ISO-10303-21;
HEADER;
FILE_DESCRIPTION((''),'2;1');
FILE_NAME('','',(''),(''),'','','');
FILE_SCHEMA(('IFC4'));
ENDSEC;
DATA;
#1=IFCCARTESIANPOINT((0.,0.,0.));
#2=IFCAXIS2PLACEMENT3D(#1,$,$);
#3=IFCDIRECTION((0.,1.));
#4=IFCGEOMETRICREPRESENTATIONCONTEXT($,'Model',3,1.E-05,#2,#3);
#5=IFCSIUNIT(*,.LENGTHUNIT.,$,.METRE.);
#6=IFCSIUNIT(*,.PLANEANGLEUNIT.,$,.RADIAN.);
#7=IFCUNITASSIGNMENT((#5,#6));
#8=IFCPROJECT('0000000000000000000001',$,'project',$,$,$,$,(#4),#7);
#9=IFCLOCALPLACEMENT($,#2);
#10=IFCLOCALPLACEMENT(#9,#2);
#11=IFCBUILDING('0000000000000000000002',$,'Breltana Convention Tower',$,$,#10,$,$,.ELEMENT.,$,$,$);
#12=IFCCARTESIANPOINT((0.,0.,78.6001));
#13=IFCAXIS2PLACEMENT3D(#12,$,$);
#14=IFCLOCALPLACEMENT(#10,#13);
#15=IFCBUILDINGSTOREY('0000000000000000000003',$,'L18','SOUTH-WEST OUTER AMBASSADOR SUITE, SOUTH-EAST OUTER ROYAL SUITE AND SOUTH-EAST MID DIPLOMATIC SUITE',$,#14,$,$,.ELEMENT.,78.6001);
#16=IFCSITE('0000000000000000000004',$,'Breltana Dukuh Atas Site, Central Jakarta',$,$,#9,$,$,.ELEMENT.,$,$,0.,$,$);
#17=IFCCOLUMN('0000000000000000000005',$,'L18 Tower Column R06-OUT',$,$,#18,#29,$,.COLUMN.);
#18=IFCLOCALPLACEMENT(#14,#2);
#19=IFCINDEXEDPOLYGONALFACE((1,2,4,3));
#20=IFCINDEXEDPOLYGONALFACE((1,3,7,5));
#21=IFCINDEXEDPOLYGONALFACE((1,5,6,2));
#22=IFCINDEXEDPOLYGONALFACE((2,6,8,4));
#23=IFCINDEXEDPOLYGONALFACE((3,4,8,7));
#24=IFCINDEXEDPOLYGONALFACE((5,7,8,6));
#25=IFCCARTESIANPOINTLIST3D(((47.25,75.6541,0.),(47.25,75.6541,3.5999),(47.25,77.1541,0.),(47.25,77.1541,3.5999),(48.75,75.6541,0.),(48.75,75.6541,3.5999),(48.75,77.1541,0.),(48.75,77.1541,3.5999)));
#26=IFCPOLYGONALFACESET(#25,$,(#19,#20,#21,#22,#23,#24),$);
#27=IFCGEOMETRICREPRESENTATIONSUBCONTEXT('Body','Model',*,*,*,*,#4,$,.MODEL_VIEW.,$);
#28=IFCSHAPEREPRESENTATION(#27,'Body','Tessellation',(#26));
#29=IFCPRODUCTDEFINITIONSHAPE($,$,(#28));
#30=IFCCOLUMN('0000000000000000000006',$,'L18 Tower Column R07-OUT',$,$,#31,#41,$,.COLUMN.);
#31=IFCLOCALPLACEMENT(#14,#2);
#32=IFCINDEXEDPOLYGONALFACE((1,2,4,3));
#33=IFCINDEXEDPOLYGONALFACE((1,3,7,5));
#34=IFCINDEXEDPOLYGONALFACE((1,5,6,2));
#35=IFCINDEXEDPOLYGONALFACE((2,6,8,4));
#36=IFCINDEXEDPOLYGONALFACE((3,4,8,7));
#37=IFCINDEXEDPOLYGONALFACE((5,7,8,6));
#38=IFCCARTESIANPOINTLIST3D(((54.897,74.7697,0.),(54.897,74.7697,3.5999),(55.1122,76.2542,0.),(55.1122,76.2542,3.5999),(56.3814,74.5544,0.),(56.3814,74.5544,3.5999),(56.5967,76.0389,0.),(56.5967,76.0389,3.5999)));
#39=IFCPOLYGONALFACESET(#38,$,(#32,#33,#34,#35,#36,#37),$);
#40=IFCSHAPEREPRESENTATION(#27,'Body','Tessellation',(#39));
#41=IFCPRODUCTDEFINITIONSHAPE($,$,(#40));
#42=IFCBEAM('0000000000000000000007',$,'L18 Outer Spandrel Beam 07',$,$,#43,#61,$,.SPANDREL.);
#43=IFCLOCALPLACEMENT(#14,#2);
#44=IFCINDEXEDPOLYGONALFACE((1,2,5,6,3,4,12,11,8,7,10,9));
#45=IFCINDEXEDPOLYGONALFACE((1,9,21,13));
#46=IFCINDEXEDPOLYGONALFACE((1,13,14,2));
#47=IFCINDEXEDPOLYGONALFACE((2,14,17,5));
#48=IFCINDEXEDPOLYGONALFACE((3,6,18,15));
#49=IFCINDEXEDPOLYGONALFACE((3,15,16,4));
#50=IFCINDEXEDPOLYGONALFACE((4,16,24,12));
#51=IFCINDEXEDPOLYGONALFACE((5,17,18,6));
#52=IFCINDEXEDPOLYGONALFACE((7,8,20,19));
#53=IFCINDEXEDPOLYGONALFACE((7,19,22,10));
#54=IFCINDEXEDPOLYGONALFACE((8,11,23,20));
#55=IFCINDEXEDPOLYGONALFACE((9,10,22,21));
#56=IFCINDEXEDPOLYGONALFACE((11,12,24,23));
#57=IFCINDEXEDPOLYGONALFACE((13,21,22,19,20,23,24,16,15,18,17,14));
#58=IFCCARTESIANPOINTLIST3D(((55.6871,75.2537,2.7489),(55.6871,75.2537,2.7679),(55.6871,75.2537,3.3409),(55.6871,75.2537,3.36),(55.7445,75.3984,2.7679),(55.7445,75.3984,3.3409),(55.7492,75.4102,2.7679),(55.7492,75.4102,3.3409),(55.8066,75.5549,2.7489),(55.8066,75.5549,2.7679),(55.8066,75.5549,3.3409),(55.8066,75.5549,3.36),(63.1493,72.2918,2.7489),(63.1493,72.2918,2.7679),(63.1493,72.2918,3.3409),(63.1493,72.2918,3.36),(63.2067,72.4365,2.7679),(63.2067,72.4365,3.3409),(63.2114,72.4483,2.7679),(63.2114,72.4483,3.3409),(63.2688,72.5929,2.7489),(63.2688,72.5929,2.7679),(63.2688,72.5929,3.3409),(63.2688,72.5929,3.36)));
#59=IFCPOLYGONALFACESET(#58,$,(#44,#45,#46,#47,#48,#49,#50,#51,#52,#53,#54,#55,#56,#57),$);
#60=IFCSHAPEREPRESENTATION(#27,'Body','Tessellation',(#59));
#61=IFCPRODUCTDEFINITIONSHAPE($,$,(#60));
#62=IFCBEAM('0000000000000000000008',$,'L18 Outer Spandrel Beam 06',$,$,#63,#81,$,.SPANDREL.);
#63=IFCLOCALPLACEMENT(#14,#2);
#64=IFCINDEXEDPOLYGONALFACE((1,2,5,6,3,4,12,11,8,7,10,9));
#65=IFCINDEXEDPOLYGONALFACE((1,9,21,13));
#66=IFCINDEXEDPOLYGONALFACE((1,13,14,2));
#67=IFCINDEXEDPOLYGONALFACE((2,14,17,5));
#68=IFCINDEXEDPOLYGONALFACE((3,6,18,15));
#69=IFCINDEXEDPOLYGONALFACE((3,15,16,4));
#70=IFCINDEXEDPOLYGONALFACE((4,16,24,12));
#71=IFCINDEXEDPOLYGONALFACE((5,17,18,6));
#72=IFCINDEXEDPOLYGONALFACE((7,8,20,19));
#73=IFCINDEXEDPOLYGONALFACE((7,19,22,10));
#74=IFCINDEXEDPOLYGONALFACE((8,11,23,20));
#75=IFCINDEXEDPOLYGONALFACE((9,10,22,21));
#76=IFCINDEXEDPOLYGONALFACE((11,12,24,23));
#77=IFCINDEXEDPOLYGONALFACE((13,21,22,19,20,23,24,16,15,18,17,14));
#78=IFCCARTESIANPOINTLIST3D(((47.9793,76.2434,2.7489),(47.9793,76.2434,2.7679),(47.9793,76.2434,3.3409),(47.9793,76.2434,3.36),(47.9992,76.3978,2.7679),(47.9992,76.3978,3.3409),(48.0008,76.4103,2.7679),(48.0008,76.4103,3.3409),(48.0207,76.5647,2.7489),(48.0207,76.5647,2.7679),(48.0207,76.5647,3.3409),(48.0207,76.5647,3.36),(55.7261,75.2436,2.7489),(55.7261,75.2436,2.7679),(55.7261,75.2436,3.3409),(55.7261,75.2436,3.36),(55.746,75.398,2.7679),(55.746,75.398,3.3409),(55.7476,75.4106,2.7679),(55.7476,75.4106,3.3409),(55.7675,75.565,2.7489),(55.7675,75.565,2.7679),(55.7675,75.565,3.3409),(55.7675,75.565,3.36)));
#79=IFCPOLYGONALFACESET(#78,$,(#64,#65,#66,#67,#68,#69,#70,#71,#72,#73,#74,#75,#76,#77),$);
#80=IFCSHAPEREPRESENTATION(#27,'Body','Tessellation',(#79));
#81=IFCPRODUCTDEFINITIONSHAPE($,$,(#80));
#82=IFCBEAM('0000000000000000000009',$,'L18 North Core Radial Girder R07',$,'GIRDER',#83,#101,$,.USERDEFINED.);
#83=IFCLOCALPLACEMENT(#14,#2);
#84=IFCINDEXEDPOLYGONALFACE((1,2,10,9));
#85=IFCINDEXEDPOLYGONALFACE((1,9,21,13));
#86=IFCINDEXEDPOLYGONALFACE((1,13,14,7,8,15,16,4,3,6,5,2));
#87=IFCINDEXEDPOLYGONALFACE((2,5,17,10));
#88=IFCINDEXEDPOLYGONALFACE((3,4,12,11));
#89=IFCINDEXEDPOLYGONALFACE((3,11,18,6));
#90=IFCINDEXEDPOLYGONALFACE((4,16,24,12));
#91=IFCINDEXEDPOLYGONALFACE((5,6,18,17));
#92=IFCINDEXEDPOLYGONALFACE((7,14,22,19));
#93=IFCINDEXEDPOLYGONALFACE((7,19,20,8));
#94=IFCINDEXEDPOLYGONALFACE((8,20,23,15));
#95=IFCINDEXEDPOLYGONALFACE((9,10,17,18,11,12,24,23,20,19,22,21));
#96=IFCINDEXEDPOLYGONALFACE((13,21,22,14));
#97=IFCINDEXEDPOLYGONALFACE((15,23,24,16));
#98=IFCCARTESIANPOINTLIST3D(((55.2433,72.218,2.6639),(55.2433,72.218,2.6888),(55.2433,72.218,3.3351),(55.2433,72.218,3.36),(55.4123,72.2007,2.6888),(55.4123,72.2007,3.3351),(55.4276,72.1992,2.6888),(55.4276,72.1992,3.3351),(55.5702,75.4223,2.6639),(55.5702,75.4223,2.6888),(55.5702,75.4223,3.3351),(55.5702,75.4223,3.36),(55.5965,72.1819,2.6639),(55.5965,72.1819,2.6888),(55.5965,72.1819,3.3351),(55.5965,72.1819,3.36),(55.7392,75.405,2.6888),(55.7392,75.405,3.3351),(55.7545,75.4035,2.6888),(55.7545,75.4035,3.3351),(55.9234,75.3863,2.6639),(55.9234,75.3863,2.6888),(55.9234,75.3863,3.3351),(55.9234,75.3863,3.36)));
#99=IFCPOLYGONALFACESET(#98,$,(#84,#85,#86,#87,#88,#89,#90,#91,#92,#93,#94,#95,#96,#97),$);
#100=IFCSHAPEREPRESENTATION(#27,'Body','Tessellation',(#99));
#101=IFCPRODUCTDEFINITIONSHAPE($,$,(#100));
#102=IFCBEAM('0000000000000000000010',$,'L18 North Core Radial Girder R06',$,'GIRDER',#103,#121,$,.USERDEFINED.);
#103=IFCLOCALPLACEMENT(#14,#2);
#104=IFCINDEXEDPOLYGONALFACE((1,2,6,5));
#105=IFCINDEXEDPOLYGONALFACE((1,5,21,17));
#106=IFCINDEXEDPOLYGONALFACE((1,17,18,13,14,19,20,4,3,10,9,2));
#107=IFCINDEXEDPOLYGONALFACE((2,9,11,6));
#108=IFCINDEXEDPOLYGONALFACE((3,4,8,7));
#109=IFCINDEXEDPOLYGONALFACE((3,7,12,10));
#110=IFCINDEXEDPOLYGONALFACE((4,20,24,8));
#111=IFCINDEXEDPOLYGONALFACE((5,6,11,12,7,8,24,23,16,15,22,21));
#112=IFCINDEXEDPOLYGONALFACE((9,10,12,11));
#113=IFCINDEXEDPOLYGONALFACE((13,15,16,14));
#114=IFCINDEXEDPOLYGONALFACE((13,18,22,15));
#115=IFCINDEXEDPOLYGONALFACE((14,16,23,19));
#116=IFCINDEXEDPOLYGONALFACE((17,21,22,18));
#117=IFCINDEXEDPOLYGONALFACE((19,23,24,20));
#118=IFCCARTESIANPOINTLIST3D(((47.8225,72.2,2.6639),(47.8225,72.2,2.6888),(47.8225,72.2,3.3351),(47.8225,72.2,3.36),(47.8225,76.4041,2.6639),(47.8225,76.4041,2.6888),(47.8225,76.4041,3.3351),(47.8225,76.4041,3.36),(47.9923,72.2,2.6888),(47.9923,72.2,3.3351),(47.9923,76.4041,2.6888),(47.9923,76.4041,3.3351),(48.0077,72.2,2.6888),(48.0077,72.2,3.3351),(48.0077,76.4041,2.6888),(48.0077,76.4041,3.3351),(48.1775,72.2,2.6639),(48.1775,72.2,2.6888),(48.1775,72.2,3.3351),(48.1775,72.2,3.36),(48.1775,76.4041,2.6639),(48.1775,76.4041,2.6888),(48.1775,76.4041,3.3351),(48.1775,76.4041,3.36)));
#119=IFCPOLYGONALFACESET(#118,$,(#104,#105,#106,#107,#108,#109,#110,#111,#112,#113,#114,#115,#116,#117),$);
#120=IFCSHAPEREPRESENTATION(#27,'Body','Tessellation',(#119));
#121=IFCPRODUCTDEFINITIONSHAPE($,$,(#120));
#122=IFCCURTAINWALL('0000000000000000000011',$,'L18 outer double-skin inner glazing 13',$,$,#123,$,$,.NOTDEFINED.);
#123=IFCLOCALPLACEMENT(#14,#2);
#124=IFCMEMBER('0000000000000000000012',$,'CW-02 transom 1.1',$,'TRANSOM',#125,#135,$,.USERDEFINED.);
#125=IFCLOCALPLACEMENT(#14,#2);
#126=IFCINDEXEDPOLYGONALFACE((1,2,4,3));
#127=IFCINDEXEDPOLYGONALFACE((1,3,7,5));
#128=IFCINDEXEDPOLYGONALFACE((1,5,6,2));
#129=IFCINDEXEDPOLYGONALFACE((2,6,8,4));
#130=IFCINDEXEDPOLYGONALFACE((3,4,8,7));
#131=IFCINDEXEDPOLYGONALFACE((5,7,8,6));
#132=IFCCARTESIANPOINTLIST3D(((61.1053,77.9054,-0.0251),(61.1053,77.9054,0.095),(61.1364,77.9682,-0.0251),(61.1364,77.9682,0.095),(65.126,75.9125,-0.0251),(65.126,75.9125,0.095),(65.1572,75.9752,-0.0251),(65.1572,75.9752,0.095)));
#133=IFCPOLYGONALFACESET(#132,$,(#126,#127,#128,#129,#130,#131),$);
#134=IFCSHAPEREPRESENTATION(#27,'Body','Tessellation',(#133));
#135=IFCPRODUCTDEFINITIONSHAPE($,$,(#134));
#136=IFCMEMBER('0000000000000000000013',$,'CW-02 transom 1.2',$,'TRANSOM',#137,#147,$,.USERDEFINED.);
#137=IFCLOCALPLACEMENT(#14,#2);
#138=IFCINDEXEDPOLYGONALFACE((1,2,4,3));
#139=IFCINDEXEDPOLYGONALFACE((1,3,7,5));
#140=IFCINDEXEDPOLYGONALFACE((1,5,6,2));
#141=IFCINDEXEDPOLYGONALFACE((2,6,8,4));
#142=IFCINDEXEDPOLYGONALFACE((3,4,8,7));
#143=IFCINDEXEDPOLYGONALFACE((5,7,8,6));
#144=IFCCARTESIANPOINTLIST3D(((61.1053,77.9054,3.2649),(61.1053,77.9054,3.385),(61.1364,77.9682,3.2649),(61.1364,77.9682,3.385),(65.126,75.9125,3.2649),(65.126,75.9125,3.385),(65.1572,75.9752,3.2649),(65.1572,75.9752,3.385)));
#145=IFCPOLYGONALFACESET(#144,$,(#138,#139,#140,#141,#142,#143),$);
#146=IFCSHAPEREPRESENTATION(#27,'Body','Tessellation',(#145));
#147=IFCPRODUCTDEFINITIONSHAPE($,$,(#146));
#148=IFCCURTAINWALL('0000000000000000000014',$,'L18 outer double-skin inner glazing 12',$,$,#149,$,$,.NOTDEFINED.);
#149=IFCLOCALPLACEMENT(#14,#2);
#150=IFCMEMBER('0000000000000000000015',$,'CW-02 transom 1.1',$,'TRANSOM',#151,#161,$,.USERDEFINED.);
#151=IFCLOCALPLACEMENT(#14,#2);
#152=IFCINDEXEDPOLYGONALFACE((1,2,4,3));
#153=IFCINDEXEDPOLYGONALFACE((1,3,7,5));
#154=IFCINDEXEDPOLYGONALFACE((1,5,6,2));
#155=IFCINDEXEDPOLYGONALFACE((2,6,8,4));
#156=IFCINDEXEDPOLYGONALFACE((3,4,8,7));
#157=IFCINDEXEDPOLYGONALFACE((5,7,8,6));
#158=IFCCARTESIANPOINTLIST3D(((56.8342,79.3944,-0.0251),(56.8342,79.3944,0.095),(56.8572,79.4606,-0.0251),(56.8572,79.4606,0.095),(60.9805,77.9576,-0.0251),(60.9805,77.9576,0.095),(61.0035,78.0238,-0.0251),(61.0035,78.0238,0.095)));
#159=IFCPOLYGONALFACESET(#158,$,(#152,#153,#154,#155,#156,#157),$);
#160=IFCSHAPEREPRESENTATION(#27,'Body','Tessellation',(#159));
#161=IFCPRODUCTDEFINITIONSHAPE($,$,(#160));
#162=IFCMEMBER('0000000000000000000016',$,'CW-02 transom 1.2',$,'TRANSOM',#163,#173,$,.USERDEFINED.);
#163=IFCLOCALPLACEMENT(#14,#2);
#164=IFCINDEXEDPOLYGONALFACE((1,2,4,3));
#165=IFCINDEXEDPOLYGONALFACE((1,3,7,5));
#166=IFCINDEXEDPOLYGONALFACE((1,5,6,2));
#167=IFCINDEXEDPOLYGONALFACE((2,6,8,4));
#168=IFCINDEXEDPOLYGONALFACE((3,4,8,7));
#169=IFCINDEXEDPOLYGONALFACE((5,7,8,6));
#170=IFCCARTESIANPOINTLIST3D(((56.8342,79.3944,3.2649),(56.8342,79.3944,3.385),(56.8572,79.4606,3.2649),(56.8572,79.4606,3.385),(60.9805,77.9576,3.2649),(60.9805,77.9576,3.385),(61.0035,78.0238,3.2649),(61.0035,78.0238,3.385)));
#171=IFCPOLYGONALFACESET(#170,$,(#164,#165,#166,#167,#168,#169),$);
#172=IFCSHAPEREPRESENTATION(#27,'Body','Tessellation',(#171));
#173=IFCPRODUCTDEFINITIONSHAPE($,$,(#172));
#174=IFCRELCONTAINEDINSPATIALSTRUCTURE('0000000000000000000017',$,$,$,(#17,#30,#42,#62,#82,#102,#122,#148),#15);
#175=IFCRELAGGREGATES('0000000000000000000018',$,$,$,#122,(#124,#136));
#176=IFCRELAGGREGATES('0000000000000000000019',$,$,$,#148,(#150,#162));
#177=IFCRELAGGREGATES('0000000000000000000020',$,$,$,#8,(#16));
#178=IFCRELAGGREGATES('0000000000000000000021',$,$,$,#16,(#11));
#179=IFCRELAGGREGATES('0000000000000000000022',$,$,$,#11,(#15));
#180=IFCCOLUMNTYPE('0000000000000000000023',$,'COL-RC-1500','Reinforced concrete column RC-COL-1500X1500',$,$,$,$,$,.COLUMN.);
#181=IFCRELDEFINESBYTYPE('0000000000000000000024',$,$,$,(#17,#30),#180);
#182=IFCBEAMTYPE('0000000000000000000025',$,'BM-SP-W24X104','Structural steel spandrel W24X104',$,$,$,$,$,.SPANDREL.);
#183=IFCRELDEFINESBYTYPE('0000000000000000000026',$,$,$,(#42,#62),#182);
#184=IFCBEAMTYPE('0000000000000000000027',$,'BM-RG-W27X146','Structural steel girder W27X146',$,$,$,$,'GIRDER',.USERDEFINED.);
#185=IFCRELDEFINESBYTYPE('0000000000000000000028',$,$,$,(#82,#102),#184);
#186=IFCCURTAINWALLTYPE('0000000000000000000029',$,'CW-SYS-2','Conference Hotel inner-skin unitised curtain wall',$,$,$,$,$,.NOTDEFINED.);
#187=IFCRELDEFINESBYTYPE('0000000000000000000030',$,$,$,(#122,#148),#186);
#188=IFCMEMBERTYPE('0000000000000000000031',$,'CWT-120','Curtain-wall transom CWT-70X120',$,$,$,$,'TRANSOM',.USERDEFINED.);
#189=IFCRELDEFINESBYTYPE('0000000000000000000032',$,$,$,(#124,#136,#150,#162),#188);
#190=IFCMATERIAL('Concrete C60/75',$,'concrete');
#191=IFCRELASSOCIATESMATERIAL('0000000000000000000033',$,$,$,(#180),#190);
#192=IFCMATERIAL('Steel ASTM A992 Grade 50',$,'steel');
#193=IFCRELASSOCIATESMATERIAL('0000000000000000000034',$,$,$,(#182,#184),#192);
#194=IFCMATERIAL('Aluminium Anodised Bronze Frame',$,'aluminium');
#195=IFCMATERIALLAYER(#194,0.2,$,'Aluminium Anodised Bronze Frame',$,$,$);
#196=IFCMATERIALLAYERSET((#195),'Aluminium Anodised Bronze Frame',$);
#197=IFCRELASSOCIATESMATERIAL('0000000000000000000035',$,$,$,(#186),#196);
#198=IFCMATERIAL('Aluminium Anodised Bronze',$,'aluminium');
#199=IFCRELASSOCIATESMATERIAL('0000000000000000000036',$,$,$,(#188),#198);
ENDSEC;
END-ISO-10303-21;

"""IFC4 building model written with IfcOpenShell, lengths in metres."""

from ifc_helpers import new_model, si_unit, direction, frame, origin, origin_2d, place, context, subcontext, project, spatial, rectangle, i_section, extrude, source, transform, mapped, material, layer, layer_set, material_profile, profile_set, type_object, element, aggregate, save


model = new_model("IFC4")

# Units and contexts
model_context = context("Model", 3, precision=1e-05, world=origin(), true_north=direction((0.0, 1.0)))
body_context = subcontext(model_context, "Body", "Model", "MODEL_VIEW")
ifc_project = project(units=[si_unit("LENGTHUNIT", "METRE"), si_unit("PLANEANGLEUNIT", "RADIAN")], contexts=[model_context])

# Site, building, storey
site_placement = place(None, origin())
site = spatial("IfcSite", under=ifc_project, at=site_placement, Name="Breltana Dukuh Atas Site, Central Jakarta", CompositionType="ELEMENT", RefElevation=0.0)
building_placement = place(site_placement, origin())
building = spatial("IfcBuilding", under=site, at=building_placement, Name="Breltana Convention Tower", CompositionType="ELEMENT")
storey_placement = place(building_placement, frame((0.0, 0.0, 78.6001)))
storey = spatial("IfcBuildingStorey", under=building, at=storey_placement, Name="L18", Description="SOUTH-WEST OUTER AMBASSADOR SUITE, SOUTH-EAST OUTER ROYAL SUITE AND SOUTH-EAST MID DIPLOMATIC SUITE", CompositionType="ELEMENT", Elevation=78.6001)

# Columns
ifc_material_1 = material(Name="Concrete C60/75", Category="concrete")
ifc_material_profile_1 = material_profile(ifc_material_1, rectangle(XDim=1.5, YDim=1.5, at=origin_2d()), Name="RC-COL-1500X1500")
ifc_profile_set_1 = profile_set([ifc_material_profile_1], Name="Concrete C60/75")
column_type = type_object("IfcColumnType", Name="COL-RC-1500", Description="Reinforced concrete column RC-COL-1500X1500", PredefinedType="COLUMN", material=ifc_profile_set_1)
shared_shape_1 = source(origin(), body_context, "Body", "SweptSolid", [
    extrude(rectangle(XDim=1.5, YDim=1.5, at=origin_2d()), origin(), (0.0, 0.0, 1.0), 3.5999),
])
for number, where, z_axis, x_axis, name in (
    (1, (48.0, 76.4041, 0.0), (0.0, 0.0, 1.0), (0.0, 1.0, 0.0), "L18 Tower Column R06-OUT"),
    (2, (55.7468, 75.4043, 0.0), (0.0, 0.0, 1.0), (0.143493, 0.989651, 0.0), "L18 Tower Column R07-OUT"),
):
    element("IfcColumn", number, at=place(storey_placement, frame(where, z_axis=z_axis, x_axis=x_axis)), inside=storey, type_object=column_type, Name=name, PredefinedType="COLUMN", context=body_context, shape_type="MappedRepresentation", body=[
        mapped(shared_shape_1, transform((0.0, 0.0, 0.0), scale=1.0)),
    ])

# Beams
ifc_material_2 = material(Name="Steel ASTM A992 Grade 50", Category="steel")
ifc_material_profile_2 = material_profile(ifc_material_2, i_section(OverallWidth=0.324, OverallDepth=0.6111, WebThickness=0.0127, FlangeThickness=0.019, at=origin_2d()), Name="W24X104")
ifc_profile_set_2 = profile_set([ifc_material_profile_2], Name="Steel ASTM A992 Grade 50")
beam_type_1 = type_object("IfcBeamType", Name="BM-SP-W24X104", Description="Structural steel spandrel W24X104", PredefinedType="SPANDREL", material=ifc_profile_set_2)
shared_shape_2 = source(origin(), body_context, "Body", "SweptSolid", [
    extrude(i_section(OverallWidth=0.324, OverallDepth=0.6111, WebThickness=0.0127, FlangeThickness=0.019, at=origin_2d()), origin(), (0.0, 0.0, 1.0), 8.0286),
])
beam_1_placement = place(storey_placement, frame((55.7468, 75.4043, 3.0544), z_axis=(0.929459, -0.368925, 0.0), x_axis=(0.368925, 0.929459, 0.0)))
element("IfcBeam", 3, at=beam_1_placement, inside=storey, type_object=beam_type_1, Name="L18 Outer Spandrel Beam 07", PredefinedType="SPANDREL", context=body_context, shape_type="MappedRepresentation", body=[
    mapped(shared_shape_2, transform((0.0, 0.0, 0.0), scale=1.0)),
])
shared_shape_3 = source(origin(), body_context, "Body", "SweptSolid", [
    extrude(i_section(OverallWidth=0.324, OverallDepth=0.6111, WebThickness=0.0127, FlangeThickness=0.019, at=origin_2d()), origin(), (0.0, 0.0, 1.0), 7.811),
])
beam_2_placement = place(storey_placement, frame((48.0, 76.4041, 3.0544), z_axis=(0.991775, -0.127992, 0.0), x_axis=(0.127992, 0.991775, 0.0)))
element("IfcBeam", 4, at=beam_2_placement, inside=storey, type_object=beam_type_1, Name="L18 Outer Spandrel Beam 06", PredefinedType="SPANDREL", context=body_context, shape_type="MappedRepresentation", body=[
    mapped(shared_shape_3, transform((0.0, 0.0, 0.0), scale=1.0)),
])
ifc_material_profile_3 = material_profile(ifc_material_2, i_section(OverallWidth=0.355, OverallDepth=0.696, WebThickness=0.0154, FlangeThickness=0.0249, at=origin_2d()), Name="W27X146")
ifc_profile_set_3 = profile_set([ifc_material_profile_3], Name="Steel ASTM A992 Grade 50")
beam_type_2 = type_object("IfcBeamType", Name="BM-RG-W27X146", Description="Structural steel girder W27X146", ElementType="GIRDER", PredefinedType="USERDEFINED", material=ifc_profile_set_3)
shared_shape_4 = source(origin(), body_context, "Body", "SweptSolid", [
    extrude(i_section(OverallWidth=0.355, OverallDepth=0.696, WebThickness=0.0154, FlangeThickness=0.0249, at=origin_2d()), origin(), (0.0, 0.0, 1.0), 3.2209),
])
beam_3_placement = place(storey_placement, frame((55.4199, 72.2, 3.012), z_axis=(0.101492, 0.994836, 0.0), x_axis=(-0.994836, 0.101492, 0.0)))
element("IfcBeam", 5, at=beam_3_placement, inside=storey, type_object=beam_type_2, Name="L18 North Core Radial Girder R07", ObjectType="GIRDER", PredefinedType="USERDEFINED", context=body_context, shape_type="MappedRepresentation", body=[
    mapped(shared_shape_4, transform((0.0, 0.0, 0.0), scale=1.0)),
])
shared_shape_5 = source(origin(), body_context, "Body", "SweptSolid", [
    extrude(i_section(OverallWidth=0.355, OverallDepth=0.696, WebThickness=0.0154, FlangeThickness=0.0249, at=origin_2d()), origin(), (0.0, 0.0, 1.0), 4.2041),
])
beam_4_placement = place(storey_placement, frame((48.0, 72.2, 3.012), z_axis=(0.0, 1.0, 0.0), x_axis=(-1.0, 0.0, 0.0)))
element("IfcBeam", 6, at=beam_4_placement, inside=storey, type_object=beam_type_2, Name="L18 North Core Radial Girder R06", ObjectType="GIRDER", PredefinedType="USERDEFINED", context=body_context, shape_type="MappedRepresentation", body=[
    mapped(shared_shape_5, transform((0.0, 0.0, 0.0), scale=1.0)),
])

# Curtain walls, members
ifc_material_3 = material(Name="Aluminium Anodised Bronze Frame", Category="aluminium")
ifc_layer_1 = layer(ifc_material_3, 0.2, Name="Aluminium Anodised Bronze Frame")
ifc_layer_set_1 = layer_set([ifc_layer_1], Name="Aluminium Anodised Bronze Frame")
curtain_wall_type = type_object("IfcCurtainWallType", Name="CW-SYS-2", Description="Conference Hotel inner-skin unitised curtain wall", PredefinedType="NOTDEFINED", material=ifc_layer_set_1)
curtain_wall_1_placement = place(storey_placement, origin())
curtain_wall_1 = element("IfcCurtainWall", 7, at=curtain_wall_1_placement, inside=storey, type_object=curtain_wall_type, Name="L18 outer double-skin inner glazing 13", PredefinedType="NOTDEFINED")
ifc_material_4 = material(Name="Aluminium Anodised Bronze", Category="aluminium")
ifc_material_profile_4 = material_profile(ifc_material_4, rectangle(XDim=0.0701, YDim=0.1201, at=origin_2d()), Name="CWT-70X120")
ifc_profile_set_4 = profile_set([ifc_material_profile_4], Name="Aluminium Anodised Bronze")
member_type_1 = type_object("IfcMemberType", Name="CWT-120", Description="Curtain-wall transom CWT-70X120", ElementType="TRANSOM", PredefinedType="USERDEFINED", material=ifc_profile_set_4)
shared_shape_6 = source(origin(), body_context, "Body", "SweptSolid", [
    extrude(rectangle(XDim=0.0701, YDim=0.1201, at=origin_2d()), origin(), (0.0, 0.0, 1.0), 4.4875),
])
member_1_placement = place(storey_placement, frame((61.1208, 77.9368, 0.0349), z_axis=(0.895978, -0.444099, 0.0), x_axis=(0.444099, 0.895978, 0.0)))
member_1 = element("IfcMember", 8, at=member_1_placement, type_object=member_type_1, Name="CW-02 transom 1.1", ObjectType="TRANSOM", PredefinedType="USERDEFINED", context=body_context, shape_type="MappedRepresentation", body=[
    mapped(shared_shape_6, transform((0.0, 0.0, 0.0), scale=1.0)),
])
member_2_placement = place(storey_placement, frame((61.1208, 77.9368, 3.325), z_axis=(0.895978, -0.444099, 0.0), x_axis=(0.444099, 0.895978, 0.0)))
member_2 = element("IfcMember", 9, at=member_2_placement, type_object=member_type_1, Name="CW-02 transom 1.2", ObjectType="TRANSOM", PredefinedType="USERDEFINED", context=body_context, shape_type="MappedRepresentation", body=[
    mapped(shared_shape_6, transform((0.0, 0.0, 0.0), scale=1.0)),
])
curtain_wall_2_placement = place(storey_placement, origin())
curtain_wall_2 = element("IfcCurtainWall", 10, at=curtain_wall_2_placement, inside=storey, type_object=curtain_wall_type, Name="L18 outer double-skin inner glazing 12", PredefinedType="NOTDEFINED")
shared_shape_7 = source(origin(), body_context, "Body", "SweptSolid", [
    extrude(rectangle(XDim=0.0701, YDim=0.1201, at=origin_2d()), origin(), (0.0, 0.0, 1.0), 4.3882),
])
member_3_placement = place(storey_placement, frame((56.8457, 79.4275, 0.0349), z_axis=(0.944878, -0.327422, 0.0), x_axis=(0.327422, 0.944878, 0.0)))
member_3 = element("IfcMember", 11, at=member_3_placement, type_object=member_type_1, Name="CW-02 transom 1.1", ObjectType="TRANSOM", PredefinedType="USERDEFINED", context=body_context, shape_type="MappedRepresentation", body=[
    mapped(shared_shape_7, transform((0.0, 0.0, 0.0), scale=1.0)),
])
member_4_placement = place(storey_placement, frame((56.8457, 79.4275, 3.325), z_axis=(0.944878, -0.327422, 0.0), x_axis=(0.327422, 0.944878, 0.0)))
member_4 = element("IfcMember", 12, at=member_4_placement, type_object=member_type_1, Name="CW-02 transom 1.2", ObjectType="TRANSOM", PredefinedType="USERDEFINED", context=body_context, shape_type="MappedRepresentation", body=[
    mapped(shared_shape_7, transform((0.0, 0.0, 0.0), scale=1.0)),
])

aggregate(curtain_wall_1, [member_1, member_2])

aggregate(curtain_wall_2, [member_3, member_4])

save(model, "model.ifc")
